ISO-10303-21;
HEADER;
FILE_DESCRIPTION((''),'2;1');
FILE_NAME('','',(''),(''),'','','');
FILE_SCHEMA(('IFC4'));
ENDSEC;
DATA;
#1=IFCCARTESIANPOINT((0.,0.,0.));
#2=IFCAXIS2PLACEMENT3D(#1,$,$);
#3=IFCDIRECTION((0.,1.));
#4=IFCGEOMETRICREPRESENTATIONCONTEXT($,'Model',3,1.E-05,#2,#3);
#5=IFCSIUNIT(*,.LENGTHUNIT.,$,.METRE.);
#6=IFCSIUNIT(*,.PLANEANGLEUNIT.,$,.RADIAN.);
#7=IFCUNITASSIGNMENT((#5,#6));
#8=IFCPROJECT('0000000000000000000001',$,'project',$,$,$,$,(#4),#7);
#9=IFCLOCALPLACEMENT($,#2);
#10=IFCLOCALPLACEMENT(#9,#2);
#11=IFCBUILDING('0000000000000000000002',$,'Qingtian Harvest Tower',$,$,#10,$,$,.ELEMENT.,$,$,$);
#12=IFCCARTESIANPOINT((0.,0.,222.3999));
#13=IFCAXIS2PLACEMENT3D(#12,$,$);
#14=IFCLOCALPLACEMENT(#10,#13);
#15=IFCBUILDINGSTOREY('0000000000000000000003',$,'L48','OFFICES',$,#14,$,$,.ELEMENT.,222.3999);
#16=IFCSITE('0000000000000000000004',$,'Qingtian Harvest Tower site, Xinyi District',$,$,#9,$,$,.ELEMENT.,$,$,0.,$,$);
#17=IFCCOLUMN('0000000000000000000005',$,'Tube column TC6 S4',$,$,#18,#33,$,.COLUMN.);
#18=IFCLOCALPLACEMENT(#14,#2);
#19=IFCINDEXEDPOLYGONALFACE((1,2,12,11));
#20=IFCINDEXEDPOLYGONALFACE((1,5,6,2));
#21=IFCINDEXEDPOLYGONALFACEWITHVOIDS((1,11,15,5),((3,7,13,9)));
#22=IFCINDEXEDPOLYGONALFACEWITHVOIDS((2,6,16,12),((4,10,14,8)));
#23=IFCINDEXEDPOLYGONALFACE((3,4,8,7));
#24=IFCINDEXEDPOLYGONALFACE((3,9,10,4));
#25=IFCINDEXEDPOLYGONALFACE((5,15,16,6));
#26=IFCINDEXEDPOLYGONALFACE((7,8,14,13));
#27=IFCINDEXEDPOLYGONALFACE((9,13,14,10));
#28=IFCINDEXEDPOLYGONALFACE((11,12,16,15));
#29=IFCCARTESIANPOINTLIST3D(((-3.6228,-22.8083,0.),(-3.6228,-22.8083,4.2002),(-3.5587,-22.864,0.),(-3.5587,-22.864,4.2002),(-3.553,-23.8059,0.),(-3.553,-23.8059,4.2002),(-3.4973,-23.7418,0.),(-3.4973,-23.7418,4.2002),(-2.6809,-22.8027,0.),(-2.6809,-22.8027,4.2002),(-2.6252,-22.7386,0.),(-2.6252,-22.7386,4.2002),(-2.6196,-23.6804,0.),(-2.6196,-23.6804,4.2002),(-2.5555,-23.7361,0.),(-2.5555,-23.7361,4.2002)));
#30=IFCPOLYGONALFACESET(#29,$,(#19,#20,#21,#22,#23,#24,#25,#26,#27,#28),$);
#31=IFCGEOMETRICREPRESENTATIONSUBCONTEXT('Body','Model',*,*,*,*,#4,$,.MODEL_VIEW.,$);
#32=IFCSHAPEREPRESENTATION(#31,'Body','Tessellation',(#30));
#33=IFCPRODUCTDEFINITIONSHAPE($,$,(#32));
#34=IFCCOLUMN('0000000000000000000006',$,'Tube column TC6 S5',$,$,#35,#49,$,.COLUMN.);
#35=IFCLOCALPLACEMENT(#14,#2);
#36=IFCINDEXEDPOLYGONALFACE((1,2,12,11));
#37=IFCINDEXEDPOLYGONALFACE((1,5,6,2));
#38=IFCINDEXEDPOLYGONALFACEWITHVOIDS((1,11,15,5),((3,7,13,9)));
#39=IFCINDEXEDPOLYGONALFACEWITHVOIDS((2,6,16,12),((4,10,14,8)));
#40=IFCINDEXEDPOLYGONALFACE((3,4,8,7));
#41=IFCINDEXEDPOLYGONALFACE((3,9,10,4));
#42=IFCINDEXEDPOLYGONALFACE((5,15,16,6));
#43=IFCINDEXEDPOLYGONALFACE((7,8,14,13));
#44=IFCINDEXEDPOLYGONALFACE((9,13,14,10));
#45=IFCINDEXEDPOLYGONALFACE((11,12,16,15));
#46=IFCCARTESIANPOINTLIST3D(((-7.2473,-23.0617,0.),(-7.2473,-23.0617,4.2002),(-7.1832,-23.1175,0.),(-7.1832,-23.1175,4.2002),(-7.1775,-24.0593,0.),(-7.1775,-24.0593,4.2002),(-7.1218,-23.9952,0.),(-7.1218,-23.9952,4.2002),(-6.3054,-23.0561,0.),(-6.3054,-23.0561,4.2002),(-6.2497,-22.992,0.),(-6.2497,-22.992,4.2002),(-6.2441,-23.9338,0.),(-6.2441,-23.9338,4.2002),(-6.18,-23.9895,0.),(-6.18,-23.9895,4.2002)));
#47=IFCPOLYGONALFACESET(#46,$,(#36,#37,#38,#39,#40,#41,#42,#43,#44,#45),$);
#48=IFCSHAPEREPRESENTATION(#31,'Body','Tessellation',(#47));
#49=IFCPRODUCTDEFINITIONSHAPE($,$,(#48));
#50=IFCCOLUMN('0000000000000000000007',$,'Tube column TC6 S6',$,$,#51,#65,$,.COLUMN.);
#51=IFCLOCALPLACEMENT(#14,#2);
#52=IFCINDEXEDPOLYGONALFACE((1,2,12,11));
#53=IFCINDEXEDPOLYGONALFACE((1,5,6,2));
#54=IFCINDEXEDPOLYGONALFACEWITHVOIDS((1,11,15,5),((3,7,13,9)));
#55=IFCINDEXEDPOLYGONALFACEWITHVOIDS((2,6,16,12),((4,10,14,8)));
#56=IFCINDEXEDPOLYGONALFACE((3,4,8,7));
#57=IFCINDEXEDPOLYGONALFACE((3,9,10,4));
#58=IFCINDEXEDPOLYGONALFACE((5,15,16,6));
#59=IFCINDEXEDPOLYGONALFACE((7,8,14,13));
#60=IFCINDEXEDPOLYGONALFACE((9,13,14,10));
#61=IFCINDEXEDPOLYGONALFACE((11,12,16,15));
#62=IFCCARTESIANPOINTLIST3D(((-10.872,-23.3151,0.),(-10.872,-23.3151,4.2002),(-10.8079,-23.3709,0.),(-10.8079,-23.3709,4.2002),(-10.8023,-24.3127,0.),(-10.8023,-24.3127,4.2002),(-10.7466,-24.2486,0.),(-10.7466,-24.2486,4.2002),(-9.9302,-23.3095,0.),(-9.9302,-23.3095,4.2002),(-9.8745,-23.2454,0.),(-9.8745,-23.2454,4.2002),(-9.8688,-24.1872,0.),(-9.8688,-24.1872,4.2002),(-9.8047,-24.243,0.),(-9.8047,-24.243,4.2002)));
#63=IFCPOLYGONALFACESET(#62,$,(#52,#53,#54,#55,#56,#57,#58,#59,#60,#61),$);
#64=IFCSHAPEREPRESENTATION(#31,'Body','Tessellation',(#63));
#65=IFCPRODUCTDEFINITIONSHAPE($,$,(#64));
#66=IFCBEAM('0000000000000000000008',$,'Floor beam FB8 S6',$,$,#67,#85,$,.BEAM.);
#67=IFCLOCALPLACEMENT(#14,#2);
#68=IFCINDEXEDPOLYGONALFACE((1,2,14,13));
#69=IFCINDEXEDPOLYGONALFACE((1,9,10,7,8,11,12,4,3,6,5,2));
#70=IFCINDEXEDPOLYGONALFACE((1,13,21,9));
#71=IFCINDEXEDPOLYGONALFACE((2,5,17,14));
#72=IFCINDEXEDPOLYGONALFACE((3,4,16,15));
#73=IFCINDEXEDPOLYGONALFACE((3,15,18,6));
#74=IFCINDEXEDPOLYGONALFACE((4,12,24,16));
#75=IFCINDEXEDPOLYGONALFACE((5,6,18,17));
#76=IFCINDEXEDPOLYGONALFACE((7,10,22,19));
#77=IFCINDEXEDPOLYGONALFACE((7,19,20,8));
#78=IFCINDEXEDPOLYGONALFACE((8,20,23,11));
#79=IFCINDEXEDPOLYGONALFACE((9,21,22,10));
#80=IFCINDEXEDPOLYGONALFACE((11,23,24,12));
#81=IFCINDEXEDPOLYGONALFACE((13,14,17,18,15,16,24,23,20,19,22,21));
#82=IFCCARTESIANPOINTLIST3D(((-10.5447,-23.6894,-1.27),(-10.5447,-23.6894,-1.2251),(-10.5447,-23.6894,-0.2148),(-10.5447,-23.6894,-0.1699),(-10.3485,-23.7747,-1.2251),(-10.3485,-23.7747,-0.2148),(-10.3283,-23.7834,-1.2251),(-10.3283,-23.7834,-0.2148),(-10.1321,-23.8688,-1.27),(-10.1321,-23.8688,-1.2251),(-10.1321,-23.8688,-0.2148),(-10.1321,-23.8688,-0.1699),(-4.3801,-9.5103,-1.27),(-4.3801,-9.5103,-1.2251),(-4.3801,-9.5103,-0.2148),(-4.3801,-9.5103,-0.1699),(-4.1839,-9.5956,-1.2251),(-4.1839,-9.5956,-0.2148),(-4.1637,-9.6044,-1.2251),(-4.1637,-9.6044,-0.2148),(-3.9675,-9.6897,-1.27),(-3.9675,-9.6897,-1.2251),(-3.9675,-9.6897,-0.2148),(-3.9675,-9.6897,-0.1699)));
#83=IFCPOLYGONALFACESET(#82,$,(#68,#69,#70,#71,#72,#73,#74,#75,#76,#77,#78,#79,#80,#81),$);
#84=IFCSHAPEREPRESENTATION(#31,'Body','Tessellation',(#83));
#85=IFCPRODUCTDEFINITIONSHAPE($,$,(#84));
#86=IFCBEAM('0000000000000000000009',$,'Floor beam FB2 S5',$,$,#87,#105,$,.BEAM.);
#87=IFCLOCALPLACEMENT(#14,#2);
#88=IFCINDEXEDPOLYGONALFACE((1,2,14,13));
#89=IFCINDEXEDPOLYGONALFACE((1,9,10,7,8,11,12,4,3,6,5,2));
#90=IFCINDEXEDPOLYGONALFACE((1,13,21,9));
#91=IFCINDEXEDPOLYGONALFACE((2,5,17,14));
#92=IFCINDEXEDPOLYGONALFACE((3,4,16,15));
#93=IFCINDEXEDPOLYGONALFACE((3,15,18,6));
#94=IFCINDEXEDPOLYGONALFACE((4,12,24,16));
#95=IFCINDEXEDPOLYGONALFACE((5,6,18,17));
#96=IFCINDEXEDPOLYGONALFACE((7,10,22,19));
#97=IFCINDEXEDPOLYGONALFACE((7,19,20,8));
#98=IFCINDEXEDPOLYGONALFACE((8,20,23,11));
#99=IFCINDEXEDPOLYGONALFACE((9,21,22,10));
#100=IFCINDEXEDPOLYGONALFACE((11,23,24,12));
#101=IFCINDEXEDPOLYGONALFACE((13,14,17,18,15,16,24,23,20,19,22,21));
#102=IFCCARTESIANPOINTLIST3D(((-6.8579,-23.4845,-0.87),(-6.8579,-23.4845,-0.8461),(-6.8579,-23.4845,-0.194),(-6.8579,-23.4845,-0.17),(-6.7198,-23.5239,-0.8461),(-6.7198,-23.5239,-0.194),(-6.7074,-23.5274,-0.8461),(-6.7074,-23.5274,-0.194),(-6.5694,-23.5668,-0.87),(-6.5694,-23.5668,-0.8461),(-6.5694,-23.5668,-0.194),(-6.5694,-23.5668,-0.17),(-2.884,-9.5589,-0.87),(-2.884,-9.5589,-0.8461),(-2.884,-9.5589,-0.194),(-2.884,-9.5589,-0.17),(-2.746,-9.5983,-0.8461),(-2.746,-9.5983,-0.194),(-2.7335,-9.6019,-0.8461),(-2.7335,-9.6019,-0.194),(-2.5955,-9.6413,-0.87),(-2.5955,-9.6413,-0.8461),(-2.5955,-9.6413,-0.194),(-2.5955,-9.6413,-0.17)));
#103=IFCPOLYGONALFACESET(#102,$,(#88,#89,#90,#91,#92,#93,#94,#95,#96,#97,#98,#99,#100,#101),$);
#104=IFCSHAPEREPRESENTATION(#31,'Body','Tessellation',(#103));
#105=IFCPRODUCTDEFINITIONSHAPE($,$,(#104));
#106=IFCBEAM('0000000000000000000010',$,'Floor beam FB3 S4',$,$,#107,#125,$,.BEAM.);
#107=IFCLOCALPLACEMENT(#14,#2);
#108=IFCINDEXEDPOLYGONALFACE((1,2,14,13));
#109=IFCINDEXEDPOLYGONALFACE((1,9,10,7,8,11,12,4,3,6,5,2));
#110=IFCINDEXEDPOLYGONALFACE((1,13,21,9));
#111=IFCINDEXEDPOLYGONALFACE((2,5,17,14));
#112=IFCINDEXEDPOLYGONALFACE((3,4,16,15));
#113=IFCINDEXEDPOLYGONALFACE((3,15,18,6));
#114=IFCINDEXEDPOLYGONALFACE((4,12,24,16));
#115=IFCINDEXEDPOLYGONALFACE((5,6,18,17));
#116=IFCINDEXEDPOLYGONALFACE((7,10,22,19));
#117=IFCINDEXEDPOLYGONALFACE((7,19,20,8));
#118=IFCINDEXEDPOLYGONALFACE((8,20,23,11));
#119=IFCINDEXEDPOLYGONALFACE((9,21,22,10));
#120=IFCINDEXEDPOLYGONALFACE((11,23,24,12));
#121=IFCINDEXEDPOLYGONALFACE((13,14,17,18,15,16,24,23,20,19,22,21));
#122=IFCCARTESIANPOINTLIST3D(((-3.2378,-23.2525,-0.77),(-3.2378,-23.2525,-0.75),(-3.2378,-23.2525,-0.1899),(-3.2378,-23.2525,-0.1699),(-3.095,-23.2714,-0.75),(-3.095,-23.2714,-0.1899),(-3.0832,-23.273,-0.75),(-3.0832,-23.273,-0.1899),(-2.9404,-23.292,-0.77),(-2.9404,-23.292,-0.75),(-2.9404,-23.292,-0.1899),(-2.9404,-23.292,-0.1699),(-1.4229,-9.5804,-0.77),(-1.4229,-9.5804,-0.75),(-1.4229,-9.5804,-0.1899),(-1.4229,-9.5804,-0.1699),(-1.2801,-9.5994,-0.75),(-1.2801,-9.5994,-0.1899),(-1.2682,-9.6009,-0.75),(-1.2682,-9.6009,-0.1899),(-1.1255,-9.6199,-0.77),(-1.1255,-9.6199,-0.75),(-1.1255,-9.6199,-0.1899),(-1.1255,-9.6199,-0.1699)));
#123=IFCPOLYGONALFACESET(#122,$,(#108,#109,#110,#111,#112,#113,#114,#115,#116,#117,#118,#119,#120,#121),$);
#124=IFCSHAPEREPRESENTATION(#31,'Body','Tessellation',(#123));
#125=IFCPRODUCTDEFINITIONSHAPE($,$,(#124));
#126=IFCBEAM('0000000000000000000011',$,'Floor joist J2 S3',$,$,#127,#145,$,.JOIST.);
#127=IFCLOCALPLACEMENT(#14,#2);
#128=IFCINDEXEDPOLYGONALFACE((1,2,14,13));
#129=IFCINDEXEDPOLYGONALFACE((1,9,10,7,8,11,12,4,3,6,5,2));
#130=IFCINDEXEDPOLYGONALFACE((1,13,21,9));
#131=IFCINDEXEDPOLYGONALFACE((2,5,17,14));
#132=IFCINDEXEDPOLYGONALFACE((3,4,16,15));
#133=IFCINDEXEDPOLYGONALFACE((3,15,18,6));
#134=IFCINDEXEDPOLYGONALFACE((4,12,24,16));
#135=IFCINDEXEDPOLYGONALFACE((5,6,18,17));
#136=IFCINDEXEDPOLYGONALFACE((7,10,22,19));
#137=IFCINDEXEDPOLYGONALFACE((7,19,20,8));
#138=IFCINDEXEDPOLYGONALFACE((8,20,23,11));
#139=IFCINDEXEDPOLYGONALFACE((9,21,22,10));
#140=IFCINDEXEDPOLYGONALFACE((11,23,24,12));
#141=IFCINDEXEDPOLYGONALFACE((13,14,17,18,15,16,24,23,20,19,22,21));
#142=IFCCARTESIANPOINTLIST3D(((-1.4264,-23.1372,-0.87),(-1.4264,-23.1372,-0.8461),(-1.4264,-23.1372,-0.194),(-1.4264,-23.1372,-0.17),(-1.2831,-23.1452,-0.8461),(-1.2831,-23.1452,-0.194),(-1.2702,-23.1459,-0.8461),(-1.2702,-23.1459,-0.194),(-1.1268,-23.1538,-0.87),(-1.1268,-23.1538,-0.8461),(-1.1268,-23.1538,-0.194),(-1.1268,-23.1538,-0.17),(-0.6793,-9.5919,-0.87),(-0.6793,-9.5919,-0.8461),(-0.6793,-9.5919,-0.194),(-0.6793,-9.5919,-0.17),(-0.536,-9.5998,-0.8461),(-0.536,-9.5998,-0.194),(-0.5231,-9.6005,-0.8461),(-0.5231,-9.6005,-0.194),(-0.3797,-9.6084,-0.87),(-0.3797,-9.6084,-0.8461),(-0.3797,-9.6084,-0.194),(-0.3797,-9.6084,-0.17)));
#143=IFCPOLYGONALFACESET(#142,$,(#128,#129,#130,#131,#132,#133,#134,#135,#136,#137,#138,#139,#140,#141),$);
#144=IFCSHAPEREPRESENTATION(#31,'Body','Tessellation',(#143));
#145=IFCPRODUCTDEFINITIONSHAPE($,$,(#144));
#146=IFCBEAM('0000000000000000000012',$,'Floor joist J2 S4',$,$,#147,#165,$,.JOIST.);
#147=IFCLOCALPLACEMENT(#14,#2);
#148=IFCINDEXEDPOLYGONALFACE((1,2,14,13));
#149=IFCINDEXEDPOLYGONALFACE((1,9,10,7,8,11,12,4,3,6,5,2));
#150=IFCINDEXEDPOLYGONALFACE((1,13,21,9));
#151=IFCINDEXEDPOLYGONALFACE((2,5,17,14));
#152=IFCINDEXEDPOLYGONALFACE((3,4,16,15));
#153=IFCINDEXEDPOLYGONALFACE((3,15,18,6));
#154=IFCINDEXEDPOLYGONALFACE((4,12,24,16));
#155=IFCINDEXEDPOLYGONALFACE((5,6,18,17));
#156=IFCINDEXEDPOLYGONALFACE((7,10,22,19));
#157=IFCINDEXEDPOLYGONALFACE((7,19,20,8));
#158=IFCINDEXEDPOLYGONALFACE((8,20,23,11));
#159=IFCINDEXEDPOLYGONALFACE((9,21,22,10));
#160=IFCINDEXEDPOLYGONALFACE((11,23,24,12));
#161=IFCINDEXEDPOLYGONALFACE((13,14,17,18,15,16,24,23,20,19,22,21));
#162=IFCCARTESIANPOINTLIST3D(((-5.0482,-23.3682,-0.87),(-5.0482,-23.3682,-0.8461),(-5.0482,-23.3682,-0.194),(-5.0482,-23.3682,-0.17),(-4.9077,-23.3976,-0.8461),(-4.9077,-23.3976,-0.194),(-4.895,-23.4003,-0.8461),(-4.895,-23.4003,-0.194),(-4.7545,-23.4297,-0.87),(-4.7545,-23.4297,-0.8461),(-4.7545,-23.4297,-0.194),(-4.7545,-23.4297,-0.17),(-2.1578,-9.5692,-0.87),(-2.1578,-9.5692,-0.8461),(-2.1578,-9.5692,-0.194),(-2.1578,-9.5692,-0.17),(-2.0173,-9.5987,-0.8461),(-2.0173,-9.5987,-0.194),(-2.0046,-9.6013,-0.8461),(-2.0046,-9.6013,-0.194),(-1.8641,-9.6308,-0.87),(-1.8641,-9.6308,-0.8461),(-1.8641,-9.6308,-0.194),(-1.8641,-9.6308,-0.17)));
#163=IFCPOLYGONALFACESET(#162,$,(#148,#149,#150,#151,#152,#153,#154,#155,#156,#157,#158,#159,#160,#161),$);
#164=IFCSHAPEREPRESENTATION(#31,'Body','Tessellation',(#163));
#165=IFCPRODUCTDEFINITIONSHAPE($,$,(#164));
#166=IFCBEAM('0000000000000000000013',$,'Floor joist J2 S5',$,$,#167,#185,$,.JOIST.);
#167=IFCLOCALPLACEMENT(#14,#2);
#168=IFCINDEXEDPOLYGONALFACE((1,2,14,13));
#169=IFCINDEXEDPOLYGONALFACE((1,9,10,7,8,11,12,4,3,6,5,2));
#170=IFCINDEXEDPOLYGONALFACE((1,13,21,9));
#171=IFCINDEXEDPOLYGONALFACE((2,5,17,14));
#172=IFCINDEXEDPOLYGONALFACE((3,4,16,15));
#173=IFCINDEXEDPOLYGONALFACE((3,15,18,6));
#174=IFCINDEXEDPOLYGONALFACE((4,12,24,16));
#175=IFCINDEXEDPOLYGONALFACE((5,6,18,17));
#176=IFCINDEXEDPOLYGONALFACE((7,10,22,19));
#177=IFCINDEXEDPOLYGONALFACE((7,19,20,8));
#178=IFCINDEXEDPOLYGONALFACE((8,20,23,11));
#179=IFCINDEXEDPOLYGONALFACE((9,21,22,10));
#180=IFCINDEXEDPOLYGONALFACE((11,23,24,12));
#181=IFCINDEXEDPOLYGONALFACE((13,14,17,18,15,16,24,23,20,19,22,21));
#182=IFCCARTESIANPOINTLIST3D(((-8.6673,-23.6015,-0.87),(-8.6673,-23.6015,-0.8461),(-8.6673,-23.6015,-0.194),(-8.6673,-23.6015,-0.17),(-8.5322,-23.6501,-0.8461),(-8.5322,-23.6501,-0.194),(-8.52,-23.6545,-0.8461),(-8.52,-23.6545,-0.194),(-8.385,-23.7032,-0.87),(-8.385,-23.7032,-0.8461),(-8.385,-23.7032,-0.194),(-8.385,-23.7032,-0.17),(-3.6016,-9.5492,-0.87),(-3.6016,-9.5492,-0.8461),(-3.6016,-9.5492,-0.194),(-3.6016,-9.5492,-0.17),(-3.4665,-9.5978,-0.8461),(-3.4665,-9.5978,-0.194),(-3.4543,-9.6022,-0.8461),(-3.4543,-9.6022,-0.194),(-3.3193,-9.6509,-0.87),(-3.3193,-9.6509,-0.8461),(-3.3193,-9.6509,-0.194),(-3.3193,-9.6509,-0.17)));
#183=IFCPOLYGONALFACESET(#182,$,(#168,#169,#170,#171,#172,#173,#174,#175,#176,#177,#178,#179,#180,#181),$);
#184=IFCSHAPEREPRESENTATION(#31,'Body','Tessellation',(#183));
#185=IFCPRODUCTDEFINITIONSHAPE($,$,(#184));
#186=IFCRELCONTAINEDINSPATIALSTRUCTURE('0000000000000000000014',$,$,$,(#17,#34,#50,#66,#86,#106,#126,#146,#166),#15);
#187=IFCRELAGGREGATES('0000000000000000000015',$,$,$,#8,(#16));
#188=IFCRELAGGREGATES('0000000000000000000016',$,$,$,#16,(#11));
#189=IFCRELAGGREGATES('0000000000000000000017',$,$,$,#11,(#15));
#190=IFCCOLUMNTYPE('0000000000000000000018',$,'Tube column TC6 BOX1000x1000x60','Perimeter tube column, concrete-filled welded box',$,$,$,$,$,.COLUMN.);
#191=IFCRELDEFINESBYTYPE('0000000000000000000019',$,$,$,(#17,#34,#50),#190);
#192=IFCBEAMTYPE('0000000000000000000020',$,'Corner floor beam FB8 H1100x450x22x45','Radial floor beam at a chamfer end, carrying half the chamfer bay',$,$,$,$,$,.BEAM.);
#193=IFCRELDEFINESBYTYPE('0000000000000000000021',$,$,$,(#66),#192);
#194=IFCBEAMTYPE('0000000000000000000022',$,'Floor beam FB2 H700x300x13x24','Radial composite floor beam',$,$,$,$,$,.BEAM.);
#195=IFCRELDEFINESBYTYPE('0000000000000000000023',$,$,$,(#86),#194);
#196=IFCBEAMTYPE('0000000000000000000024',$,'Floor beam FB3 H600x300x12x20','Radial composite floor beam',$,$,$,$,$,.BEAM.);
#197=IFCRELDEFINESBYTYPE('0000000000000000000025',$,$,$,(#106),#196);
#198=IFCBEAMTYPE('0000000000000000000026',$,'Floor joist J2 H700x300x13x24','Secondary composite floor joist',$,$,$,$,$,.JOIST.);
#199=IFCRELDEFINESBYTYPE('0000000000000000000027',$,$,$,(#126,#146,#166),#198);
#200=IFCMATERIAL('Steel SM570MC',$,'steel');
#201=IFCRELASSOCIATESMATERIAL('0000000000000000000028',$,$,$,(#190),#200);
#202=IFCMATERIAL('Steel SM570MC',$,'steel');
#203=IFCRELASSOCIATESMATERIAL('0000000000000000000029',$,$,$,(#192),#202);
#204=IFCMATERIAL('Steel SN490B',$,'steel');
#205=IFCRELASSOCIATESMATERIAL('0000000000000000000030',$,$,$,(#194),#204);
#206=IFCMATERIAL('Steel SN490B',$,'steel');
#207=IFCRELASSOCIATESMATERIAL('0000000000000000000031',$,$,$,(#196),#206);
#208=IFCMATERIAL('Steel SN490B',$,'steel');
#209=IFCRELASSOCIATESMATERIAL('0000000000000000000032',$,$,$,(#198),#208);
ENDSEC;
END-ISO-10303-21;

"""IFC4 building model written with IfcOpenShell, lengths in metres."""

from ifc_helpers import new_model, si_unit, direction, frame, origin, origin_2d, place, context, subcontext, project, spatial, hollow_rectangle, i_section, extrude, material, material_profile, profile_set, type_object, element, save


model = new_model("IFC4")

# Units and contexts
model_context = context("Model", 3, precision=1e-05, world=origin(), true_north=direction((0.0, 1.0)))
body_context = subcontext(model_context, "Body", "Model", "MODEL_VIEW")
ifc_project = project(units=[si_unit("LENGTHUNIT", "METRE"), si_unit("PLANEANGLEUNIT", "RADIAN")], contexts=[model_context])

# Site, building, storey
site_placement = place(None, origin())
site = spatial("IfcSite", under=ifc_project, at=site_placement, Name="Qingtian Harvest Tower site, Xinyi District", CompositionType="ELEMENT", RefElevation=0.0)
building_placement = place(site_placement, origin())
building = spatial("IfcBuilding", under=site, at=building_placement, Name="Qingtian Harvest Tower", CompositionType="ELEMENT")
storey_placement = place(building_placement, frame((0.0, 0.0, 222.3999)))
storey = spatial("IfcBuildingStorey", under=building, at=storey_placement, Name="L48", Description="OFFICES", CompositionType="ELEMENT", Elevation=222.3999)

# Columns
ifc_material_1 = material(Name="Steel SM570MC", Category="steel")
ifc_material_profile_1 = material_profile(ifc_material_1, hollow_rectangle(XDim=1.0, YDim=1.0, WallThickness=0.0601, at=origin_2d()), Name="BOX1000x1000x60")
ifc_profile_set_1 = profile_set([ifc_material_profile_1], Name="Steel SM570MC")
column_type = type_object("IfcColumnType", Name="Tube column TC6 BOX1000x1000x60", Description="Perimeter tube column, concrete-filled welded box", PredefinedType="COLUMN", material=ifc_profile_set_1)
for number, where, z_axis, x_axis, name in (
    (1, (-3.0891, -23.2722, 0.0), (0.0, 0.0, 1.0), (0.997564, 0.069756, 0.0), "Tube column TC6 S4"),
    (2, (-6.7136, -23.5256, 0.0), (0.0, 0.0, 1.0), (0.997564, 0.069756, 0.0), "Tube column TC6 S5"),
    (3, (-10.3384, -23.7791, 0.0), (0.0, 0.0, 1.0), (0.997564, 0.069756, 0.0), "Tube column TC6 S6"),
):
    element("IfcColumn", number, at=place(storey_placement, frame(where, z_axis=z_axis, x_axis=x_axis)), inside=storey, type_object=column_type, Name=name, PredefinedType="COLUMN", context=body_context, shape_type="SweptSolid", body=[
        extrude(hollow_rectangle(XDim=1.0, YDim=1.0, WallThickness=0.0601, at=origin_2d()), origin(), (0.0, 0.0, 1.0), 4.2002),
    ])

# Beams
ifc_material_2 = material(Name="Steel SM570MC", Category="steel")
ifc_material_profile_2 = material_profile(ifc_material_2, i_section(OverallWidth=0.45, OverallDepth=1.1001, WebThickness=0.022, FlangeThickness=0.0449, at=origin_2d()), Name="H1100x450x22x45")
ifc_profile_set_2 = profile_set([ifc_material_profile_2], Name="Steel SM570MC")
beam_type_1 = type_object("IfcBeamType", Name="Corner floor beam FB8 H1100x450x22x45", Description="Radial floor beam at a chamfer end, carrying half the chamfer bay", PredefinedType="BEAM", material=ifc_profile_set_2)
beam_1_placement = place(storey_placement, frame((-10.3384, -23.7791, -0.72), z_axis=(0.398715, 0.917075, 0.0), x_axis=(-0.917075, 0.398715, 0.0)))
element("IfcBeam", 4, at=beam_1_placement, inside=storey, type_object=beam_type_1, Name="Floor beam FB8 S6", PredefinedType="BEAM", context=body_context, shape_type="SweptSolid", body=[
    extrude(i_section(OverallWidth=0.45, OverallDepth=1.1001, WebThickness=0.022, FlangeThickness=0.0449, at=origin_2d()), origin(), (0.0, 0.0, 1.0), 15.4612),
])
ifc_material_3 = material(Name="Steel SN490B", Category="steel")
ifc_material_profile_3 = material_profile(ifc_material_3, i_section(OverallWidth=0.3, OverallDepth=0.7, WebThickness=0.0129, FlangeThickness=0.0239, at=origin_2d()), Name="H700x300x13x24")
ifc_profile_set_3 = profile_set([ifc_material_profile_3], Name="Steel SN490B")
beam_type_2 = type_object("IfcBeamType", Name="Floor beam FB2 H700x300x13x24", Description="Radial composite floor beam", PredefinedType="BEAM", material=ifc_profile_set_3)
beam_2_placement = place(storey_placement, frame((-6.7136, -23.5256, -0.52), z_axis=(0.274412, 0.961612, 0.0), x_axis=(-0.961612, 0.274412, 0.0)))
element("IfcBeam", 5, at=beam_2_placement, inside=storey, type_object=beam_type_2, Name="Floor beam FB2 S5", PredefinedType="BEAM", context=body_context, shape_type="SweptSolid", body=[
    extrude(i_section(OverallWidth=0.3, OverallDepth=0.7, WebThickness=0.0129, FlangeThickness=0.0239, at=origin_2d()), origin(), (0.0, 0.0, 1.0), 14.4814),
])
ifc_material_4 = material(Name="Steel SN490B", Category="steel")
ifc_material_profile_4 = material_profile(ifc_material_4, i_section(OverallWidth=0.3, OverallDepth=0.6001, WebThickness=0.012, FlangeThickness=0.02, at=origin_2d()), Name="H600x300x12x20")
ifc_profile_set_4 = profile_set([ifc_material_profile_4], Name="Steel SN490B")
beam_type_3 = type_object("IfcBeamType", Name="Floor beam FB3 H600x300x12x20", Description="Radial composite floor beam", PredefinedType="BEAM", material=ifc_profile_set_4)
beam_3_placement = place(storey_placement, frame((-3.0891, -23.2722, -0.47), z_axis=(0.131593, 0.991304, 0.0), x_axis=(-0.991304, 0.131593, 0.0)))
element("IfcBeam", 6, at=beam_3_placement, inside=storey, type_object=beam_type_3, Name="Floor beam FB3 S4", PredefinedType="BEAM", context=body_context, shape_type="SweptSolid", body=[
    extrude(i_section(OverallWidth=0.3, OverallDepth=0.6001, WebThickness=0.012, FlangeThickness=0.02, at=origin_2d()), origin(), (0.0, 0.0, 1.0), 13.792),
])
ifc_material_5 = material(Name="Steel SN490B", Category="steel")
ifc_material_profile_5 = material_profile(ifc_material_5, i_section(OverallWidth=0.3, OverallDepth=0.7, WebThickness=0.0129, FlangeThickness=0.0239, at=origin_2d()), Name="H700x300x13x24")
ifc_profile_set_5 = profile_set([ifc_material_profile_5], Name="Steel SN490B")
beam_type_4 = type_object("IfcBeamType", Name="Floor joist J2 H700x300x13x24", Description="Secondary composite floor joist", PredefinedType="JOIST", material=ifc_profile_set_5)
beam_4_placement = place(storey_placement, frame((-1.2766, -23.1455, -0.52), z_axis=(0.055069, 0.998483, 0.0), x_axis=(-0.998483, 0.055069, 0.0)))
element("IfcBeam", 7, at=beam_4_placement, inside=storey, type_object=beam_type_4, Name="Floor joist J2 S3", PredefinedType="JOIST", context=body_context, shape_type="SweptSolid", body=[
    extrude(i_section(OverallWidth=0.3, OverallDepth=0.7, WebThickness=0.0129, FlangeThickness=0.0239, at=origin_2d()), origin(), (0.0, 0.0, 1.0), 13.5659),
])
beam_5_placement = place(storey_placement, frame((-4.9014, -23.3989, -0.52), z_axis=(0.205016, 0.978759, 0.0), x_axis=(-0.978759, 0.205016, 0.0)))
element("IfcBeam", 8, at=beam_5_placement, inside=storey, type_object=beam_type_4, Name="Floor joist J2 S4", PredefinedType="JOIST", context=body_context, shape_type="SweptSolid", body=[
    extrude(i_section(OverallWidth=0.3, OverallDepth=0.7, WebThickness=0.0129, FlangeThickness=0.0239, at=origin_2d()), origin(), (0.0, 0.0, 1.0), 14.0984),
])
beam_6_placement = place(storey_placement, frame((-8.5261, -23.6523, -0.52), z_axis=(0.339126, 0.940741, 0.0), x_axis=(-0.940741, 0.339126, 0.0)))
element("IfcBeam", 9, at=beam_6_placement, inside=storey, type_object=beam_type_4, Name="Floor joist J2 S5", PredefinedType="JOIST", context=body_context, shape_type="SweptSolid", body=[
    extrude(i_section(OverallWidth=0.3, OverallDepth=0.7, WebThickness=0.0129, FlangeThickness=0.0239, at=origin_2d()), origin(), (0.0, 0.0, 1.0), 14.9375),
])

save(model, "model.ifc")
